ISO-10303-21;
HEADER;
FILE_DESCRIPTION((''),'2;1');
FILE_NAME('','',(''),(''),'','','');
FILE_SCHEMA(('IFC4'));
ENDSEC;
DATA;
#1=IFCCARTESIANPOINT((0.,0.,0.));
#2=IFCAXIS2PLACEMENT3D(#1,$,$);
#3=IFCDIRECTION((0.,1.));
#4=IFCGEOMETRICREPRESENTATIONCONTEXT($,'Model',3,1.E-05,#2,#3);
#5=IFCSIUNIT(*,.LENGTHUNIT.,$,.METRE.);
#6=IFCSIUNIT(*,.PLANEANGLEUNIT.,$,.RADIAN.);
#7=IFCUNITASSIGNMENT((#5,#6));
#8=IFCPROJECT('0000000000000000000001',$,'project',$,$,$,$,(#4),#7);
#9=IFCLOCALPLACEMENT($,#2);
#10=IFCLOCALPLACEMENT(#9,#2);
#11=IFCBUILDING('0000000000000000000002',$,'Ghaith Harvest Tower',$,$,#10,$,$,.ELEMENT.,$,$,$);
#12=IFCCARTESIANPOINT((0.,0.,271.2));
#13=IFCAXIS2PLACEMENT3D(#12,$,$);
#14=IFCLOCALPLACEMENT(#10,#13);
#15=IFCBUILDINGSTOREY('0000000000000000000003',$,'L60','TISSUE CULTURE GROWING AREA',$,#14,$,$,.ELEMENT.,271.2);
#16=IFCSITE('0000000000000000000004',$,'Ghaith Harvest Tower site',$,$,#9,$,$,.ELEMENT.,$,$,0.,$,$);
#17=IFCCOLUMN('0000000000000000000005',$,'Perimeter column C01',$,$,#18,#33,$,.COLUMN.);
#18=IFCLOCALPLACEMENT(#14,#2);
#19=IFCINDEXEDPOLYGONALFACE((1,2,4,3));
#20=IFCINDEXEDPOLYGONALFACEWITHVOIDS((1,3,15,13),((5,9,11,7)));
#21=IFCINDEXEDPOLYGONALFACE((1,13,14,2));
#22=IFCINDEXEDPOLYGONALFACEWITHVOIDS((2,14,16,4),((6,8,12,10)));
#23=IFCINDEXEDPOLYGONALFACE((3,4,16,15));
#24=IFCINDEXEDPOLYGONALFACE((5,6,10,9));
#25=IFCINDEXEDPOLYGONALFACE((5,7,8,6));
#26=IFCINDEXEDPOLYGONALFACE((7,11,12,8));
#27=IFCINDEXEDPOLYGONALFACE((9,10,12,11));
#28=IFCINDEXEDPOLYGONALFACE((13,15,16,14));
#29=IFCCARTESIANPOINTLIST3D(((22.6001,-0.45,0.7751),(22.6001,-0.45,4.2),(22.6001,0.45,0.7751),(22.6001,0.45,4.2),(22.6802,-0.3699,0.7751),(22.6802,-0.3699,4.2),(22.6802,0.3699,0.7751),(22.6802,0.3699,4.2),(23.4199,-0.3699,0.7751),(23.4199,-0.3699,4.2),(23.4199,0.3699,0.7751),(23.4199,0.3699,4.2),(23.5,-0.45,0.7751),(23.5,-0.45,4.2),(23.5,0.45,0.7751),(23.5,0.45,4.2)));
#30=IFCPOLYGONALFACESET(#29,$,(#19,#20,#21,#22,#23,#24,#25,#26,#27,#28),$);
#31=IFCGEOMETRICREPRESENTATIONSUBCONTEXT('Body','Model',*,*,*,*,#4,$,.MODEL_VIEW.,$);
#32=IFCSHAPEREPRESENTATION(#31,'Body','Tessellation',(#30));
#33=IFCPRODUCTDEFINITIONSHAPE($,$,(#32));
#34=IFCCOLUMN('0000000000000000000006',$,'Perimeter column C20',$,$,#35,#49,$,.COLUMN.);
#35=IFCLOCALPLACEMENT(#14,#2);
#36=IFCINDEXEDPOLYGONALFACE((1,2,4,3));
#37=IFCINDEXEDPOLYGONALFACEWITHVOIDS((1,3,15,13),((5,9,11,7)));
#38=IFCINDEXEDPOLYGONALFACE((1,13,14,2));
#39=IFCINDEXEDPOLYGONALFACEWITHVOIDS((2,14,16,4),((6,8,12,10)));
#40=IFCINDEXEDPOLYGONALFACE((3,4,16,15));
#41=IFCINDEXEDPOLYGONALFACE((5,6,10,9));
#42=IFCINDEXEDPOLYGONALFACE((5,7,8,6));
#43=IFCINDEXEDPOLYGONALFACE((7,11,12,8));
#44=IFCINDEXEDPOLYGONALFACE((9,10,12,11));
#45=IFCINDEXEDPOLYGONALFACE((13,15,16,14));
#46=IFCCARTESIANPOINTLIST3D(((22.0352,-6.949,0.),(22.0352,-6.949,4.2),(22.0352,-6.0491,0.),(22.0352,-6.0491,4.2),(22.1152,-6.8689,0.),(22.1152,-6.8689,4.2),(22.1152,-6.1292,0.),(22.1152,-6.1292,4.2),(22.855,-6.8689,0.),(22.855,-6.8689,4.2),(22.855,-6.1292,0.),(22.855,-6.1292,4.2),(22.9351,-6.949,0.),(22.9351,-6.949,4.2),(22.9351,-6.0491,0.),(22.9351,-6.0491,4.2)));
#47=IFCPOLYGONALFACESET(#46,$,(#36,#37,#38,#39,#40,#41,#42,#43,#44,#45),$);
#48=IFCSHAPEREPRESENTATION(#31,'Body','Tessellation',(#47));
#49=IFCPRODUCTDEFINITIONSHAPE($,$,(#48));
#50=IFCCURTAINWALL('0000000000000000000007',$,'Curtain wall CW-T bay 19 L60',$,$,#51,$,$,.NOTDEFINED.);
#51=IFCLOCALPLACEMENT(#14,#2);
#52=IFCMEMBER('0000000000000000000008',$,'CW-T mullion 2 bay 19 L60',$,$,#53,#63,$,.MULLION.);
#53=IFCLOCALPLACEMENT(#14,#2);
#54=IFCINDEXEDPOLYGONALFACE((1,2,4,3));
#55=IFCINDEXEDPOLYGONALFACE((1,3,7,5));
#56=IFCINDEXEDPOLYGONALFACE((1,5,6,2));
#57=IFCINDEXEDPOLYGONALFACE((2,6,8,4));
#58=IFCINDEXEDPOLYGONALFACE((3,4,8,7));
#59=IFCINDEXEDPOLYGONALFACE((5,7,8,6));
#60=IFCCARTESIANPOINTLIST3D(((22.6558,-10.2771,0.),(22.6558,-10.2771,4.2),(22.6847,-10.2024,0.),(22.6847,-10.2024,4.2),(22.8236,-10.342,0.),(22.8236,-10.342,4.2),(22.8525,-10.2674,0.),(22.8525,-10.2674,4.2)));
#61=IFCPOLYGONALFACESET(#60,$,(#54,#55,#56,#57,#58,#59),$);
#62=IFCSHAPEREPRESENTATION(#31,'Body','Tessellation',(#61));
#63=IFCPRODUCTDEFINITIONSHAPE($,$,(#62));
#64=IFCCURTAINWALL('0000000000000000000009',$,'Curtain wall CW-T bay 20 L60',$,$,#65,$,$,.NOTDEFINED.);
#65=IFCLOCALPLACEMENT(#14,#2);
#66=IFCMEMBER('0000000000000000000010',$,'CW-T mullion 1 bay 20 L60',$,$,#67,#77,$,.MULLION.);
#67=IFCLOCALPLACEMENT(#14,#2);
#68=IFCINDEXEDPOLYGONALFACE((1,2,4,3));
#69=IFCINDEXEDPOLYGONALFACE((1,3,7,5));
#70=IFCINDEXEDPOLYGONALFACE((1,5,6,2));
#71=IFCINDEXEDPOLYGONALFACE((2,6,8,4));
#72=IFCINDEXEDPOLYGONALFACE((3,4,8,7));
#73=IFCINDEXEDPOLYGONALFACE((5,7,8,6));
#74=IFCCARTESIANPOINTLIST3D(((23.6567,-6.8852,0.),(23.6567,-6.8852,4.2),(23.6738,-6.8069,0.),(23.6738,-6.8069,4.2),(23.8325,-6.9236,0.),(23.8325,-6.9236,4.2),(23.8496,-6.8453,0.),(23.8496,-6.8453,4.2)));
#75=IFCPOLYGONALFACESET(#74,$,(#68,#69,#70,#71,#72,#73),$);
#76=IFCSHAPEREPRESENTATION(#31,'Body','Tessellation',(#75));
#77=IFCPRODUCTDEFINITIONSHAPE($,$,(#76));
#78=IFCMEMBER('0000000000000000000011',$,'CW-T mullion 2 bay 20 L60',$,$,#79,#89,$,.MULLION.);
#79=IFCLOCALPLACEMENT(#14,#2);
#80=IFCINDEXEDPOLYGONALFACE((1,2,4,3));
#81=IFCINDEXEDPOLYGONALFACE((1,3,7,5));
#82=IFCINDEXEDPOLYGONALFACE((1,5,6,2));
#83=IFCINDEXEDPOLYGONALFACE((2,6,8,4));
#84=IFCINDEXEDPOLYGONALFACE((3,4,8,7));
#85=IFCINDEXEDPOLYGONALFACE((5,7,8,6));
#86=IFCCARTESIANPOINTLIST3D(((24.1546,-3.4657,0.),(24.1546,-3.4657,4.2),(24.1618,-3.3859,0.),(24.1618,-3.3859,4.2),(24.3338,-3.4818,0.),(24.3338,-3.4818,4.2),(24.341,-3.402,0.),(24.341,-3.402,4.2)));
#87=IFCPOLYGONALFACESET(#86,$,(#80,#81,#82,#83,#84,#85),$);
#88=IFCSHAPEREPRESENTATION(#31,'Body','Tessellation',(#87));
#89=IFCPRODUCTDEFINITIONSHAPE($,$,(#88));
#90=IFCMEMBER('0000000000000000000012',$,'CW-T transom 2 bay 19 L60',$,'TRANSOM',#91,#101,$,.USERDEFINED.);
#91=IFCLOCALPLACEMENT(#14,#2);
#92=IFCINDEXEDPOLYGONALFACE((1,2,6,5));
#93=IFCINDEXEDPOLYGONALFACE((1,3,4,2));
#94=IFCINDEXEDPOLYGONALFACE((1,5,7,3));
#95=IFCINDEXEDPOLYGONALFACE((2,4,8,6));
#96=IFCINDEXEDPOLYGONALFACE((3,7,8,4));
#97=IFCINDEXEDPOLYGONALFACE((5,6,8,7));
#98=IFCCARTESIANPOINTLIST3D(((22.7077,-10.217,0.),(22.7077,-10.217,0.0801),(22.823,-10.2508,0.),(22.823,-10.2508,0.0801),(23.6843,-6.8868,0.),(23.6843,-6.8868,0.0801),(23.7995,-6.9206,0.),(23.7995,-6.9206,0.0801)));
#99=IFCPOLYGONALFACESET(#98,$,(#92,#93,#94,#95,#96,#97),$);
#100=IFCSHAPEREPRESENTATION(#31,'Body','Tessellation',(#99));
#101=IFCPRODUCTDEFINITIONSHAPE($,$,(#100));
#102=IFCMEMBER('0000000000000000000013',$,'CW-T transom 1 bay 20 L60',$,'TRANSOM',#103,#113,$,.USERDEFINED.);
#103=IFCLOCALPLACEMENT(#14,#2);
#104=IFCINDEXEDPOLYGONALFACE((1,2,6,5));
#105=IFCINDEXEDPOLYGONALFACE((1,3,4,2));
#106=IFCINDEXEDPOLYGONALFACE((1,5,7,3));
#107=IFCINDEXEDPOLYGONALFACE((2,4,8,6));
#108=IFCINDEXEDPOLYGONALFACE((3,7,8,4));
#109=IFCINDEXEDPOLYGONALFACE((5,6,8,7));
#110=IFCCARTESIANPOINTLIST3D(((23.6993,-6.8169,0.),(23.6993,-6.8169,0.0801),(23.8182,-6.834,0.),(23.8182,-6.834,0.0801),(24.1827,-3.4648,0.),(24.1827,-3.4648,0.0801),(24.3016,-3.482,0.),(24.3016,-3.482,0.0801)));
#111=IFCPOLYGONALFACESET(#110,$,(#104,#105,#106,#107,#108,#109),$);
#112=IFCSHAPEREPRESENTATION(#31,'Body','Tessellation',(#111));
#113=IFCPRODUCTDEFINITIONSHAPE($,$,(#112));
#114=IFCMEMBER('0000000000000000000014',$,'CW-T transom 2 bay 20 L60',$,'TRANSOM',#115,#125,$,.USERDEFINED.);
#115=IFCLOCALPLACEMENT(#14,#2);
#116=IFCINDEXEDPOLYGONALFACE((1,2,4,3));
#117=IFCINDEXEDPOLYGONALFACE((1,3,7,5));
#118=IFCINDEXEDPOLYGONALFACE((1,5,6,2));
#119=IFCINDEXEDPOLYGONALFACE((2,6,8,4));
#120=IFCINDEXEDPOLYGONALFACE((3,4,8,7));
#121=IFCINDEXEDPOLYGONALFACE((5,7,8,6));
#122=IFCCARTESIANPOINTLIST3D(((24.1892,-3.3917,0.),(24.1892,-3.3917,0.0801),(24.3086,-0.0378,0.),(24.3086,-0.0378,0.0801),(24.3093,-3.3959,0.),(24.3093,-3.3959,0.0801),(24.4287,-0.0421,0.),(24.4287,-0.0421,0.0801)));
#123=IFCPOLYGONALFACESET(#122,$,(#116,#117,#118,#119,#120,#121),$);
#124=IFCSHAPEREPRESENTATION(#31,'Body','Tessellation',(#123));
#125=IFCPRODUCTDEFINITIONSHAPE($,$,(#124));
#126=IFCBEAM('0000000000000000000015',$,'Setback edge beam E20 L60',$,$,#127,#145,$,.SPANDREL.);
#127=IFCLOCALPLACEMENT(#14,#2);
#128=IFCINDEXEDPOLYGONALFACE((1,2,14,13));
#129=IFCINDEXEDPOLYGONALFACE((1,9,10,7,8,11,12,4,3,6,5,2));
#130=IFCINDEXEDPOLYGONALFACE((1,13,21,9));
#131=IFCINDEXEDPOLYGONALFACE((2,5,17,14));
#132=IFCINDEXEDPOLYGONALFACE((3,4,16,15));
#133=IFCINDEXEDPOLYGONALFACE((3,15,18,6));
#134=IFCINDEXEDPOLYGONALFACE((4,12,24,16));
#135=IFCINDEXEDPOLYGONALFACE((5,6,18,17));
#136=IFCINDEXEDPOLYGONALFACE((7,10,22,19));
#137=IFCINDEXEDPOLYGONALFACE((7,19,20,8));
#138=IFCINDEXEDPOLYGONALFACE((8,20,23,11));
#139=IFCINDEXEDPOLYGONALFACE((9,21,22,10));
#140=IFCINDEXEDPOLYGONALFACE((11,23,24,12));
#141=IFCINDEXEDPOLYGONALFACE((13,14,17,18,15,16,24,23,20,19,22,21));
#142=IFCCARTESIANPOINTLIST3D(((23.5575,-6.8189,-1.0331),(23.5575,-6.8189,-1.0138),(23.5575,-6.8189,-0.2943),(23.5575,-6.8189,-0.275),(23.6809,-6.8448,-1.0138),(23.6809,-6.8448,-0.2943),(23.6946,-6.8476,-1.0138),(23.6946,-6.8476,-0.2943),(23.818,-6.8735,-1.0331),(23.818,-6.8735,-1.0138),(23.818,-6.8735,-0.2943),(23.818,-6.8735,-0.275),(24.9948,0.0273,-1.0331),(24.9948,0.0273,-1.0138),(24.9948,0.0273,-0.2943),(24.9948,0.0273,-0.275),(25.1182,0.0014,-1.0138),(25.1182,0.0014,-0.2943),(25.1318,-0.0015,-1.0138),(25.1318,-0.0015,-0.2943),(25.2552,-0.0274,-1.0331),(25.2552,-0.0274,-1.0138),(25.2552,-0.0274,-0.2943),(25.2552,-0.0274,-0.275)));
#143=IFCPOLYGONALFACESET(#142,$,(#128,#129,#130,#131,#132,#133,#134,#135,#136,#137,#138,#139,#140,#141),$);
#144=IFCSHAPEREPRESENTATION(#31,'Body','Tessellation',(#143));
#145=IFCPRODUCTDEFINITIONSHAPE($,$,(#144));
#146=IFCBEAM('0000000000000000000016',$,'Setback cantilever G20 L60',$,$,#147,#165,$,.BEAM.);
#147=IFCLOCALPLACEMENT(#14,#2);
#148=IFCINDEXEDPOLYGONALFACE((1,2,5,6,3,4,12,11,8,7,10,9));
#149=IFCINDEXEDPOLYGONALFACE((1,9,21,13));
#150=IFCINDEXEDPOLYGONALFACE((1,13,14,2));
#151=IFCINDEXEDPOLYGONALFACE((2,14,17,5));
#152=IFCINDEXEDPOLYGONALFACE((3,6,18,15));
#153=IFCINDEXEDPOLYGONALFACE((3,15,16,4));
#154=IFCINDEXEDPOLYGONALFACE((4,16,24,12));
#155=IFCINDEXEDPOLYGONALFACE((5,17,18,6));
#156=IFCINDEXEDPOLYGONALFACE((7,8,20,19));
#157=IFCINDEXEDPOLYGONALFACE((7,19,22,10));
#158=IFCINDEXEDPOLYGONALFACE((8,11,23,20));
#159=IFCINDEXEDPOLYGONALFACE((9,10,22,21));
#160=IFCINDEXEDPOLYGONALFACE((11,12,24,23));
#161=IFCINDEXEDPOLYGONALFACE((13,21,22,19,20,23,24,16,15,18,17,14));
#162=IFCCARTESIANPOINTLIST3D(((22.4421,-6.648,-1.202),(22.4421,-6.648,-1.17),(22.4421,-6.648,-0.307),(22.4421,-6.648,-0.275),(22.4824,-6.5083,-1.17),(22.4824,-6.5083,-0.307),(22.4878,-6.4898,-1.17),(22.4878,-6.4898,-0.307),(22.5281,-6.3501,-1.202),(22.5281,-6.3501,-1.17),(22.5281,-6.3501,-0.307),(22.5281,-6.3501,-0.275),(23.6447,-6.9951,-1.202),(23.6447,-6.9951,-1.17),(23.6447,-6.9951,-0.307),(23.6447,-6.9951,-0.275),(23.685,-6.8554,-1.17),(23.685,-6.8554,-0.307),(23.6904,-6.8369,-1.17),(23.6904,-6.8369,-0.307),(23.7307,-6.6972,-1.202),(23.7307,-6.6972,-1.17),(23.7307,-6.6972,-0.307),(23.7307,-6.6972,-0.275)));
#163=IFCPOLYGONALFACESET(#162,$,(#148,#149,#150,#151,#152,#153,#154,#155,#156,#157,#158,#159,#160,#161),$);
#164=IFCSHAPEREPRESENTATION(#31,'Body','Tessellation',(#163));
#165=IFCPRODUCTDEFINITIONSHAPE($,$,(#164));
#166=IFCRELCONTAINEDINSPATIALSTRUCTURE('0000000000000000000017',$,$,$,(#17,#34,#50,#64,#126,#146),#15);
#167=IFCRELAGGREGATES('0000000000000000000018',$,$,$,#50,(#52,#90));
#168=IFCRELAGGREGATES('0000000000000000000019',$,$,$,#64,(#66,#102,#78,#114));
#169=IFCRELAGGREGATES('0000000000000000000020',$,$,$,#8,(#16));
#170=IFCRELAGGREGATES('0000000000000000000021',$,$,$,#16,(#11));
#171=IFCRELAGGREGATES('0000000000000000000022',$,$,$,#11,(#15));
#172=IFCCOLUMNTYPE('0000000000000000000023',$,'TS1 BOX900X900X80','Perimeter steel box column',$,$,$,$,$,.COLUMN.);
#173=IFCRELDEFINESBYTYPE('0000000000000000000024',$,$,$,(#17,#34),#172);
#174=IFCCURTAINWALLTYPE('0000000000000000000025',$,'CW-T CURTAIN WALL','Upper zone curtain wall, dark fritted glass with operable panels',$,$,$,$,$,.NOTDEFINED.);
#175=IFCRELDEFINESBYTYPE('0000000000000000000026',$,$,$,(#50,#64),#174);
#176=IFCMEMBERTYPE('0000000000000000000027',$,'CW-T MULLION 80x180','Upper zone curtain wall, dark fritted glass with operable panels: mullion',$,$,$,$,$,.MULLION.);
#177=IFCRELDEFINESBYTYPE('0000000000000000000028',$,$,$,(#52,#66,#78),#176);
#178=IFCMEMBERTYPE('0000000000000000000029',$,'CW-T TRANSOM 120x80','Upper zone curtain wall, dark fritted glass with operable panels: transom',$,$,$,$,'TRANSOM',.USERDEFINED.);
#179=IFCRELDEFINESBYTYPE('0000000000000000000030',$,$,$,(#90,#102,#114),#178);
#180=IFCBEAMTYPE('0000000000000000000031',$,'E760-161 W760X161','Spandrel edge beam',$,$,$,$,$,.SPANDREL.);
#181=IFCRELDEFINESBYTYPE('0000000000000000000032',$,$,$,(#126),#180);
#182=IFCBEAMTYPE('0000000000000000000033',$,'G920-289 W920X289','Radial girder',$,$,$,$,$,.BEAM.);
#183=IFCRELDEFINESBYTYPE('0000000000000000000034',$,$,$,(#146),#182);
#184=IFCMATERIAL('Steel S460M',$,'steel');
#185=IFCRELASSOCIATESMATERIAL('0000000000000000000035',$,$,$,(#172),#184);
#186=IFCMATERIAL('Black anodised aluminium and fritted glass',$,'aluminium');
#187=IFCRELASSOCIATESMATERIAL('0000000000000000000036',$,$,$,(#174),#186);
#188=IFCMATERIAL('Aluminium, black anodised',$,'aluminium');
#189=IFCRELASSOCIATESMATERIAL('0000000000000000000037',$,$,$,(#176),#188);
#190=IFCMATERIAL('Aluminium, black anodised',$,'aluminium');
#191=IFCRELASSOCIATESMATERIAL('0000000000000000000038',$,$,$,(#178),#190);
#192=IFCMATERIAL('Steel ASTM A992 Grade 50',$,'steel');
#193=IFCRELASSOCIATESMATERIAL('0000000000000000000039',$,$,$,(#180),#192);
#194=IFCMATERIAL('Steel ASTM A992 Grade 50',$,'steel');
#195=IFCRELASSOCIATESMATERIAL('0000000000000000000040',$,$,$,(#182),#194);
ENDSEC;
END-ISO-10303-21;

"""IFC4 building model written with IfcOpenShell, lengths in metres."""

from ifc_helpers import new_model, si_unit, direction, frame, origin, origin_2d, place, context, subcontext, project, spatial, rectangle, hollow_rectangle, i_section, extrude, material, material_profile, profile_set, type_object, element, aggregate, save


model = new_model("IFC4")

# Units and contexts
model_context = context("Model", 3, precision=1e-05, world=origin(), true_north=direction((0.0, 1.0)))
body_context = subcontext(model_context, "Body", "Model", "MODEL_VIEW")
ifc_project = project(units=[si_unit("LENGTHUNIT", "METRE"), si_unit("PLANEANGLEUNIT", "RADIAN")], contexts=[model_context])

# Site, building, storey
site_placement = place(None, origin())
site = spatial("IfcSite", under=ifc_project, at=site_placement, Name="Ghaith Harvest Tower site", CompositionType="ELEMENT", RefElevation=0.0)
building_placement = place(site_placement, origin())
building = spatial("IfcBuilding", under=site, at=building_placement, Name="Ghaith Harvest Tower", CompositionType="ELEMENT")
storey_placement = place(building_placement, frame((0.0, 0.0, 271.2)))
storey = spatial("IfcBuildingStorey", under=building, at=storey_placement, Name="L60", Description="TISSUE CULTURE GROWING AREA", CompositionType="ELEMENT", Elevation=271.2)

# Columns
ifc_material_1 = material(Name="Steel S460M", Category="steel")
ifc_material_profile_1 = material_profile(ifc_material_1, hollow_rectangle(XDim=0.8999, YDim=0.8999, WallThickness=0.0801, at=origin_2d()), Name="BOX900X900X80")
ifc_profile_set_1 = profile_set([ifc_material_profile_1], Name="Steel S460M")
column_type = type_object("IfcColumnType", Name="TS1 BOX900X900X80", Description="Perimeter steel box column", PredefinedType="COLUMN", material=ifc_profile_set_1)
column_1_placement = place(storey_placement, frame((23.05, 0.0, 0.7751), z_axis=(0.0, 0.0, 1.0), x_axis=(1.0, 0.0, 0.0)))
element("IfcColumn", 1, at=column_1_placement, inside=storey, type_object=column_type, Name="Perimeter column C01", PredefinedType="COLUMN", context=body_context, shape_type="SweptSolid", body=[
    extrude(hollow_rectangle(XDim=0.8999, YDim=0.8999, WallThickness=0.0801, at=origin_2d()), origin(), (0.0, 0.0, 1.0), 3.4248),
])
column_2_placement = place(storey_placement, frame((22.4851, -6.499, 0.0), z_axis=(0.0, 0.0, 1.0), x_axis=(1.0, 0.0, 0.0)))
element("IfcColumn", 2, at=column_2_placement, inside=storey, type_object=column_type, Name="Perimeter column C20", PredefinedType="COLUMN", context=body_context, shape_type="SweptSolid", body=[
    extrude(hollow_rectangle(XDim=0.8999, YDim=0.8999, WallThickness=0.0801, at=origin_2d()), origin(), (0.0, 0.0, 1.0), 4.2),
])

# Curtain wall, member
ifc_material_2 = material(Name="Black anodised aluminium and fritted glass", Category="aluminium")
curtain_wall_type = type_object("IfcCurtainWallType", Name="CW-T CURTAIN WALL", Description="Upper zone curtain wall, dark fritted glass with operable panels", PredefinedType="NOTDEFINED", material=ifc_material_2)
curtain_wall_1_placement = place(storey_placement, origin())
curtain_wall_1 = element("IfcCurtainWall", 3, at=curtain_wall_1_placement, inside=storey, type_object=curtain_wall_type, Name="Curtain wall CW-T bay 19 L60", PredefinedType="NOTDEFINED")
ifc_material_3 = material(Name="Aluminium, black anodised", Category="aluminium")
ifc_material_profile_2 = material_profile(ifc_material_3, rectangle(XDim=0.0801, YDim=0.1799, at=origin_2d()), Name="CW-T MULLION 80x180")
ifc_profile_set_2 = profile_set([ifc_material_profile_2], Name="Aluminium, black anodised")
member_type_1 = type_object("IfcMemberType", Name="CW-T MULLION 80x180", Description="Upper zone curtain wall, dark fritted glass with operable panels: mullion", PredefinedType="MULLION", material=ifc_profile_set_2)
member_1_placement = place(storey_placement, frame((22.7542, -10.2722, 0.0), z_axis=(0.0, 0.0, 1.0), x_axis=(0.361184, 0.932494, 0.0)))
member_1 = element("IfcMember", 4, at=member_1_placement, type_object=member_type_1, Name="CW-T mullion 2 bay 19 L60", PredefinedType="MULLION", context=body_context, shape_type="SweptSolid", body=[
    extrude(rectangle(XDim=0.0801, YDim=0.1799, at=origin_2d()), origin(), (0.0, 0.0, 1.0), 4.2),
])

# Curtain wall, members
curtain_wall_2_placement = place(storey_placement, origin())
curtain_wall_2 = element("IfcCurtainWall", 5, at=curtain_wall_2_placement, inside=storey, type_object=curtain_wall_type, Name="Curtain wall CW-T bay 20 L60", PredefinedType="NOTDEFINED")
member_2_placement = place(storey_placement, frame((23.7532, -6.8652, 0.0), z_axis=(0.0, 0.0, 1.0), x_axis=(0.213402, 0.976964, 0.0)))
member_2 = element("IfcMember", 6, at=member_2_placement, type_object=member_type_1, Name="CW-T mullion 1 bay 20 L60", PredefinedType="MULLION", context=body_context, shape_type="SweptSolid", body=[
    extrude(rectangle(XDim=0.0801, YDim=0.1799, at=origin_2d()), origin(), (0.0, 0.0, 1.0), 4.2),
])
member_3_placement = place(storey_placement, frame((24.2478, -3.4338, 0.0), z_axis=(0.0, 0.0, 1.0), x_axis=(0.089502, 0.995987, 0.0)))
member_3 = element("IfcMember", 7, at=member_3_placement, type_object=member_type_1, Name="CW-T mullion 2 bay 20 L60", PredefinedType="MULLION", context=body_context, shape_type="SweptSolid", body=[
    extrude(rectangle(XDim=0.0801, YDim=0.1799, at=origin_2d()), origin(), (0.0, 0.0, 1.0), 4.2),
])

# Members
ifc_material_4 = material(Name="Aluminium, black anodised", Category="aluminium")
ifc_material_profile_3 = material_profile(ifc_material_4, rectangle(XDim=0.1201, YDim=0.0801, at=origin_2d()), Name="CW-T TRANSOM 120x80")
ifc_profile_set_3 = profile_set([ifc_material_profile_3], Name="Aluminium, black anodised")
member_type_2 = type_object("IfcMemberType", Name="CW-T TRANSOM 120x80", Description="Upper zone curtain wall, dark fritted glass with operable panels: transom", ElementType="TRANSOM", PredefinedType="USERDEFINED", material=ifc_profile_set_3)
member_4_placement = place(storey_placement, frame((22.7654, -10.2339, 0.04), z_axis=(0.281385, 0.959595, 0.0), x_axis=(-0.959595, 0.281385, 0.0)))
member_4 = element("IfcMember", 8, at=member_4_placement, type_object=member_type_2, Name="CW-T transom 2 bay 19 L60", ObjectType="TRANSOM", PredefinedType="USERDEFINED", context=body_context, shape_type="SweptSolid", body=[
    extrude(rectangle(XDim=0.1201, YDim=0.0801, at=origin_2d()), origin(), (0.0, 0.0, 1.0), 3.4705),
])
member_5_placement = place(storey_placement, frame((23.7588, -6.8254, 0.04), z_axis=(0.142733, 0.989761, 0.0), x_axis=(-0.989761, 0.142733, 0.0)))
member_5 = element("IfcMember", 9, at=member_5_placement, type_object=member_type_2, Name="CW-T transom 1 bay 20 L60", ObjectType="TRANSOM", PredefinedType="USERDEFINED", context=body_context, shape_type="SweptSolid", body=[
    extrude(rectangle(XDim=0.1201, YDim=0.0801, at=origin_2d()), origin(), (0.0, 0.0, 1.0), 3.3867),
])
member_6_placement = place(storey_placement, frame((24.2493, -3.3938, 0.04), z_axis=(0.035575, 0.999367, 0.0), x_axis=(-0.999367, 0.035575, 0.0)))
member_6 = element("IfcMember", 10, at=member_6_placement, type_object=member_type_2, Name="CW-T transom 2 bay 20 L60", ObjectType="TRANSOM", PredefinedType="USERDEFINED", context=body_context, shape_type="SweptSolid", body=[
    extrude(rectangle(XDim=0.1201, YDim=0.0801, at=origin_2d()), origin(), (0.0, 0.0, 1.0), 3.356),
])

# Beams
ifc_material_5 = material(Name="Steel ASTM A992 Grade 50", Category="steel")
ifc_material_profile_4 = material_profile(ifc_material_5, i_section(OverallWidth=0.2661, OverallDepth=0.7581, WebThickness=0.0139, FlangeThickness=0.0193, at=origin_2d()), Name="W760X161")
ifc_profile_set_4 = profile_set([ifc_material_profile_4], Name="Steel ASTM A992 Grade 50")
beam_type_1 = type_object("IfcBeamType", Name="E760-161 W760X161", Description="Spandrel edge beam", PredefinedType="SPANDREL", material=ifc_profile_set_4)
beam_1_placement = place(storey_placement, frame((23.6877, -6.8462, -0.6541), z_axis=(0.205456, 0.978666, 0.0), x_axis=(-0.978666, 0.205456, 0.0)))
element("IfcBeam", 11, at=beam_1_placement, inside=storey, type_object=beam_type_1, Name="Setback edge beam E20 L60", PredefinedType="SPANDREL", context=body_context, shape_type="SweptSolid", body=[
    extrude(i_section(OverallWidth=0.2661, OverallDepth=0.7581, WebThickness=0.0139, FlangeThickness=0.0193, at=origin_2d()), origin(), (0.0, 0.0, 1.0), 6.9954),
])
ifc_material_6 = material(Name="Steel ASTM A992 Grade 50", Category="steel")
ifc_material_profile_5 = material_profile(ifc_material_6, i_section(OverallWidth=0.3101, OverallDepth=0.927, WebThickness=0.0193, FlangeThickness=0.032, at=origin_2d()), Name="W920X289")
ifc_profile_set_5 = profile_set([ifc_material_profile_5], Name="Steel ASTM A992 Grade 50")
beam_type_2 = type_object("IfcBeamType", Name="G920-289 W920X289", Description="Radial girder", PredefinedType="BEAM", material=ifc_profile_set_5)
beam_2_placement = place(storey_placement, frame((22.4851, -6.499, -0.7385), z_axis=(0.96077, -0.277348, 0.0), x_axis=(0.277348, 0.96077, 0.0)))
element("IfcBeam", 12, at=beam_2_placement, inside=storey, type_object=beam_type_2, Name="Setback cantilever G20 L60", PredefinedType="BEAM", context=body_context, shape_type="SweptSolid", body=[
    extrude(i_section(OverallWidth=0.3101, OverallDepth=0.927, WebThickness=0.0193, FlangeThickness=0.032, at=origin_2d()), origin(), (0.0, 0.0, 1.0), 1.2517),
])

aggregate(curtain_wall_1, [member_1, member_4])
aggregate(curtain_wall_2, [member_2, member_5, member_3, member_6])

save(model, "model.ifc")
